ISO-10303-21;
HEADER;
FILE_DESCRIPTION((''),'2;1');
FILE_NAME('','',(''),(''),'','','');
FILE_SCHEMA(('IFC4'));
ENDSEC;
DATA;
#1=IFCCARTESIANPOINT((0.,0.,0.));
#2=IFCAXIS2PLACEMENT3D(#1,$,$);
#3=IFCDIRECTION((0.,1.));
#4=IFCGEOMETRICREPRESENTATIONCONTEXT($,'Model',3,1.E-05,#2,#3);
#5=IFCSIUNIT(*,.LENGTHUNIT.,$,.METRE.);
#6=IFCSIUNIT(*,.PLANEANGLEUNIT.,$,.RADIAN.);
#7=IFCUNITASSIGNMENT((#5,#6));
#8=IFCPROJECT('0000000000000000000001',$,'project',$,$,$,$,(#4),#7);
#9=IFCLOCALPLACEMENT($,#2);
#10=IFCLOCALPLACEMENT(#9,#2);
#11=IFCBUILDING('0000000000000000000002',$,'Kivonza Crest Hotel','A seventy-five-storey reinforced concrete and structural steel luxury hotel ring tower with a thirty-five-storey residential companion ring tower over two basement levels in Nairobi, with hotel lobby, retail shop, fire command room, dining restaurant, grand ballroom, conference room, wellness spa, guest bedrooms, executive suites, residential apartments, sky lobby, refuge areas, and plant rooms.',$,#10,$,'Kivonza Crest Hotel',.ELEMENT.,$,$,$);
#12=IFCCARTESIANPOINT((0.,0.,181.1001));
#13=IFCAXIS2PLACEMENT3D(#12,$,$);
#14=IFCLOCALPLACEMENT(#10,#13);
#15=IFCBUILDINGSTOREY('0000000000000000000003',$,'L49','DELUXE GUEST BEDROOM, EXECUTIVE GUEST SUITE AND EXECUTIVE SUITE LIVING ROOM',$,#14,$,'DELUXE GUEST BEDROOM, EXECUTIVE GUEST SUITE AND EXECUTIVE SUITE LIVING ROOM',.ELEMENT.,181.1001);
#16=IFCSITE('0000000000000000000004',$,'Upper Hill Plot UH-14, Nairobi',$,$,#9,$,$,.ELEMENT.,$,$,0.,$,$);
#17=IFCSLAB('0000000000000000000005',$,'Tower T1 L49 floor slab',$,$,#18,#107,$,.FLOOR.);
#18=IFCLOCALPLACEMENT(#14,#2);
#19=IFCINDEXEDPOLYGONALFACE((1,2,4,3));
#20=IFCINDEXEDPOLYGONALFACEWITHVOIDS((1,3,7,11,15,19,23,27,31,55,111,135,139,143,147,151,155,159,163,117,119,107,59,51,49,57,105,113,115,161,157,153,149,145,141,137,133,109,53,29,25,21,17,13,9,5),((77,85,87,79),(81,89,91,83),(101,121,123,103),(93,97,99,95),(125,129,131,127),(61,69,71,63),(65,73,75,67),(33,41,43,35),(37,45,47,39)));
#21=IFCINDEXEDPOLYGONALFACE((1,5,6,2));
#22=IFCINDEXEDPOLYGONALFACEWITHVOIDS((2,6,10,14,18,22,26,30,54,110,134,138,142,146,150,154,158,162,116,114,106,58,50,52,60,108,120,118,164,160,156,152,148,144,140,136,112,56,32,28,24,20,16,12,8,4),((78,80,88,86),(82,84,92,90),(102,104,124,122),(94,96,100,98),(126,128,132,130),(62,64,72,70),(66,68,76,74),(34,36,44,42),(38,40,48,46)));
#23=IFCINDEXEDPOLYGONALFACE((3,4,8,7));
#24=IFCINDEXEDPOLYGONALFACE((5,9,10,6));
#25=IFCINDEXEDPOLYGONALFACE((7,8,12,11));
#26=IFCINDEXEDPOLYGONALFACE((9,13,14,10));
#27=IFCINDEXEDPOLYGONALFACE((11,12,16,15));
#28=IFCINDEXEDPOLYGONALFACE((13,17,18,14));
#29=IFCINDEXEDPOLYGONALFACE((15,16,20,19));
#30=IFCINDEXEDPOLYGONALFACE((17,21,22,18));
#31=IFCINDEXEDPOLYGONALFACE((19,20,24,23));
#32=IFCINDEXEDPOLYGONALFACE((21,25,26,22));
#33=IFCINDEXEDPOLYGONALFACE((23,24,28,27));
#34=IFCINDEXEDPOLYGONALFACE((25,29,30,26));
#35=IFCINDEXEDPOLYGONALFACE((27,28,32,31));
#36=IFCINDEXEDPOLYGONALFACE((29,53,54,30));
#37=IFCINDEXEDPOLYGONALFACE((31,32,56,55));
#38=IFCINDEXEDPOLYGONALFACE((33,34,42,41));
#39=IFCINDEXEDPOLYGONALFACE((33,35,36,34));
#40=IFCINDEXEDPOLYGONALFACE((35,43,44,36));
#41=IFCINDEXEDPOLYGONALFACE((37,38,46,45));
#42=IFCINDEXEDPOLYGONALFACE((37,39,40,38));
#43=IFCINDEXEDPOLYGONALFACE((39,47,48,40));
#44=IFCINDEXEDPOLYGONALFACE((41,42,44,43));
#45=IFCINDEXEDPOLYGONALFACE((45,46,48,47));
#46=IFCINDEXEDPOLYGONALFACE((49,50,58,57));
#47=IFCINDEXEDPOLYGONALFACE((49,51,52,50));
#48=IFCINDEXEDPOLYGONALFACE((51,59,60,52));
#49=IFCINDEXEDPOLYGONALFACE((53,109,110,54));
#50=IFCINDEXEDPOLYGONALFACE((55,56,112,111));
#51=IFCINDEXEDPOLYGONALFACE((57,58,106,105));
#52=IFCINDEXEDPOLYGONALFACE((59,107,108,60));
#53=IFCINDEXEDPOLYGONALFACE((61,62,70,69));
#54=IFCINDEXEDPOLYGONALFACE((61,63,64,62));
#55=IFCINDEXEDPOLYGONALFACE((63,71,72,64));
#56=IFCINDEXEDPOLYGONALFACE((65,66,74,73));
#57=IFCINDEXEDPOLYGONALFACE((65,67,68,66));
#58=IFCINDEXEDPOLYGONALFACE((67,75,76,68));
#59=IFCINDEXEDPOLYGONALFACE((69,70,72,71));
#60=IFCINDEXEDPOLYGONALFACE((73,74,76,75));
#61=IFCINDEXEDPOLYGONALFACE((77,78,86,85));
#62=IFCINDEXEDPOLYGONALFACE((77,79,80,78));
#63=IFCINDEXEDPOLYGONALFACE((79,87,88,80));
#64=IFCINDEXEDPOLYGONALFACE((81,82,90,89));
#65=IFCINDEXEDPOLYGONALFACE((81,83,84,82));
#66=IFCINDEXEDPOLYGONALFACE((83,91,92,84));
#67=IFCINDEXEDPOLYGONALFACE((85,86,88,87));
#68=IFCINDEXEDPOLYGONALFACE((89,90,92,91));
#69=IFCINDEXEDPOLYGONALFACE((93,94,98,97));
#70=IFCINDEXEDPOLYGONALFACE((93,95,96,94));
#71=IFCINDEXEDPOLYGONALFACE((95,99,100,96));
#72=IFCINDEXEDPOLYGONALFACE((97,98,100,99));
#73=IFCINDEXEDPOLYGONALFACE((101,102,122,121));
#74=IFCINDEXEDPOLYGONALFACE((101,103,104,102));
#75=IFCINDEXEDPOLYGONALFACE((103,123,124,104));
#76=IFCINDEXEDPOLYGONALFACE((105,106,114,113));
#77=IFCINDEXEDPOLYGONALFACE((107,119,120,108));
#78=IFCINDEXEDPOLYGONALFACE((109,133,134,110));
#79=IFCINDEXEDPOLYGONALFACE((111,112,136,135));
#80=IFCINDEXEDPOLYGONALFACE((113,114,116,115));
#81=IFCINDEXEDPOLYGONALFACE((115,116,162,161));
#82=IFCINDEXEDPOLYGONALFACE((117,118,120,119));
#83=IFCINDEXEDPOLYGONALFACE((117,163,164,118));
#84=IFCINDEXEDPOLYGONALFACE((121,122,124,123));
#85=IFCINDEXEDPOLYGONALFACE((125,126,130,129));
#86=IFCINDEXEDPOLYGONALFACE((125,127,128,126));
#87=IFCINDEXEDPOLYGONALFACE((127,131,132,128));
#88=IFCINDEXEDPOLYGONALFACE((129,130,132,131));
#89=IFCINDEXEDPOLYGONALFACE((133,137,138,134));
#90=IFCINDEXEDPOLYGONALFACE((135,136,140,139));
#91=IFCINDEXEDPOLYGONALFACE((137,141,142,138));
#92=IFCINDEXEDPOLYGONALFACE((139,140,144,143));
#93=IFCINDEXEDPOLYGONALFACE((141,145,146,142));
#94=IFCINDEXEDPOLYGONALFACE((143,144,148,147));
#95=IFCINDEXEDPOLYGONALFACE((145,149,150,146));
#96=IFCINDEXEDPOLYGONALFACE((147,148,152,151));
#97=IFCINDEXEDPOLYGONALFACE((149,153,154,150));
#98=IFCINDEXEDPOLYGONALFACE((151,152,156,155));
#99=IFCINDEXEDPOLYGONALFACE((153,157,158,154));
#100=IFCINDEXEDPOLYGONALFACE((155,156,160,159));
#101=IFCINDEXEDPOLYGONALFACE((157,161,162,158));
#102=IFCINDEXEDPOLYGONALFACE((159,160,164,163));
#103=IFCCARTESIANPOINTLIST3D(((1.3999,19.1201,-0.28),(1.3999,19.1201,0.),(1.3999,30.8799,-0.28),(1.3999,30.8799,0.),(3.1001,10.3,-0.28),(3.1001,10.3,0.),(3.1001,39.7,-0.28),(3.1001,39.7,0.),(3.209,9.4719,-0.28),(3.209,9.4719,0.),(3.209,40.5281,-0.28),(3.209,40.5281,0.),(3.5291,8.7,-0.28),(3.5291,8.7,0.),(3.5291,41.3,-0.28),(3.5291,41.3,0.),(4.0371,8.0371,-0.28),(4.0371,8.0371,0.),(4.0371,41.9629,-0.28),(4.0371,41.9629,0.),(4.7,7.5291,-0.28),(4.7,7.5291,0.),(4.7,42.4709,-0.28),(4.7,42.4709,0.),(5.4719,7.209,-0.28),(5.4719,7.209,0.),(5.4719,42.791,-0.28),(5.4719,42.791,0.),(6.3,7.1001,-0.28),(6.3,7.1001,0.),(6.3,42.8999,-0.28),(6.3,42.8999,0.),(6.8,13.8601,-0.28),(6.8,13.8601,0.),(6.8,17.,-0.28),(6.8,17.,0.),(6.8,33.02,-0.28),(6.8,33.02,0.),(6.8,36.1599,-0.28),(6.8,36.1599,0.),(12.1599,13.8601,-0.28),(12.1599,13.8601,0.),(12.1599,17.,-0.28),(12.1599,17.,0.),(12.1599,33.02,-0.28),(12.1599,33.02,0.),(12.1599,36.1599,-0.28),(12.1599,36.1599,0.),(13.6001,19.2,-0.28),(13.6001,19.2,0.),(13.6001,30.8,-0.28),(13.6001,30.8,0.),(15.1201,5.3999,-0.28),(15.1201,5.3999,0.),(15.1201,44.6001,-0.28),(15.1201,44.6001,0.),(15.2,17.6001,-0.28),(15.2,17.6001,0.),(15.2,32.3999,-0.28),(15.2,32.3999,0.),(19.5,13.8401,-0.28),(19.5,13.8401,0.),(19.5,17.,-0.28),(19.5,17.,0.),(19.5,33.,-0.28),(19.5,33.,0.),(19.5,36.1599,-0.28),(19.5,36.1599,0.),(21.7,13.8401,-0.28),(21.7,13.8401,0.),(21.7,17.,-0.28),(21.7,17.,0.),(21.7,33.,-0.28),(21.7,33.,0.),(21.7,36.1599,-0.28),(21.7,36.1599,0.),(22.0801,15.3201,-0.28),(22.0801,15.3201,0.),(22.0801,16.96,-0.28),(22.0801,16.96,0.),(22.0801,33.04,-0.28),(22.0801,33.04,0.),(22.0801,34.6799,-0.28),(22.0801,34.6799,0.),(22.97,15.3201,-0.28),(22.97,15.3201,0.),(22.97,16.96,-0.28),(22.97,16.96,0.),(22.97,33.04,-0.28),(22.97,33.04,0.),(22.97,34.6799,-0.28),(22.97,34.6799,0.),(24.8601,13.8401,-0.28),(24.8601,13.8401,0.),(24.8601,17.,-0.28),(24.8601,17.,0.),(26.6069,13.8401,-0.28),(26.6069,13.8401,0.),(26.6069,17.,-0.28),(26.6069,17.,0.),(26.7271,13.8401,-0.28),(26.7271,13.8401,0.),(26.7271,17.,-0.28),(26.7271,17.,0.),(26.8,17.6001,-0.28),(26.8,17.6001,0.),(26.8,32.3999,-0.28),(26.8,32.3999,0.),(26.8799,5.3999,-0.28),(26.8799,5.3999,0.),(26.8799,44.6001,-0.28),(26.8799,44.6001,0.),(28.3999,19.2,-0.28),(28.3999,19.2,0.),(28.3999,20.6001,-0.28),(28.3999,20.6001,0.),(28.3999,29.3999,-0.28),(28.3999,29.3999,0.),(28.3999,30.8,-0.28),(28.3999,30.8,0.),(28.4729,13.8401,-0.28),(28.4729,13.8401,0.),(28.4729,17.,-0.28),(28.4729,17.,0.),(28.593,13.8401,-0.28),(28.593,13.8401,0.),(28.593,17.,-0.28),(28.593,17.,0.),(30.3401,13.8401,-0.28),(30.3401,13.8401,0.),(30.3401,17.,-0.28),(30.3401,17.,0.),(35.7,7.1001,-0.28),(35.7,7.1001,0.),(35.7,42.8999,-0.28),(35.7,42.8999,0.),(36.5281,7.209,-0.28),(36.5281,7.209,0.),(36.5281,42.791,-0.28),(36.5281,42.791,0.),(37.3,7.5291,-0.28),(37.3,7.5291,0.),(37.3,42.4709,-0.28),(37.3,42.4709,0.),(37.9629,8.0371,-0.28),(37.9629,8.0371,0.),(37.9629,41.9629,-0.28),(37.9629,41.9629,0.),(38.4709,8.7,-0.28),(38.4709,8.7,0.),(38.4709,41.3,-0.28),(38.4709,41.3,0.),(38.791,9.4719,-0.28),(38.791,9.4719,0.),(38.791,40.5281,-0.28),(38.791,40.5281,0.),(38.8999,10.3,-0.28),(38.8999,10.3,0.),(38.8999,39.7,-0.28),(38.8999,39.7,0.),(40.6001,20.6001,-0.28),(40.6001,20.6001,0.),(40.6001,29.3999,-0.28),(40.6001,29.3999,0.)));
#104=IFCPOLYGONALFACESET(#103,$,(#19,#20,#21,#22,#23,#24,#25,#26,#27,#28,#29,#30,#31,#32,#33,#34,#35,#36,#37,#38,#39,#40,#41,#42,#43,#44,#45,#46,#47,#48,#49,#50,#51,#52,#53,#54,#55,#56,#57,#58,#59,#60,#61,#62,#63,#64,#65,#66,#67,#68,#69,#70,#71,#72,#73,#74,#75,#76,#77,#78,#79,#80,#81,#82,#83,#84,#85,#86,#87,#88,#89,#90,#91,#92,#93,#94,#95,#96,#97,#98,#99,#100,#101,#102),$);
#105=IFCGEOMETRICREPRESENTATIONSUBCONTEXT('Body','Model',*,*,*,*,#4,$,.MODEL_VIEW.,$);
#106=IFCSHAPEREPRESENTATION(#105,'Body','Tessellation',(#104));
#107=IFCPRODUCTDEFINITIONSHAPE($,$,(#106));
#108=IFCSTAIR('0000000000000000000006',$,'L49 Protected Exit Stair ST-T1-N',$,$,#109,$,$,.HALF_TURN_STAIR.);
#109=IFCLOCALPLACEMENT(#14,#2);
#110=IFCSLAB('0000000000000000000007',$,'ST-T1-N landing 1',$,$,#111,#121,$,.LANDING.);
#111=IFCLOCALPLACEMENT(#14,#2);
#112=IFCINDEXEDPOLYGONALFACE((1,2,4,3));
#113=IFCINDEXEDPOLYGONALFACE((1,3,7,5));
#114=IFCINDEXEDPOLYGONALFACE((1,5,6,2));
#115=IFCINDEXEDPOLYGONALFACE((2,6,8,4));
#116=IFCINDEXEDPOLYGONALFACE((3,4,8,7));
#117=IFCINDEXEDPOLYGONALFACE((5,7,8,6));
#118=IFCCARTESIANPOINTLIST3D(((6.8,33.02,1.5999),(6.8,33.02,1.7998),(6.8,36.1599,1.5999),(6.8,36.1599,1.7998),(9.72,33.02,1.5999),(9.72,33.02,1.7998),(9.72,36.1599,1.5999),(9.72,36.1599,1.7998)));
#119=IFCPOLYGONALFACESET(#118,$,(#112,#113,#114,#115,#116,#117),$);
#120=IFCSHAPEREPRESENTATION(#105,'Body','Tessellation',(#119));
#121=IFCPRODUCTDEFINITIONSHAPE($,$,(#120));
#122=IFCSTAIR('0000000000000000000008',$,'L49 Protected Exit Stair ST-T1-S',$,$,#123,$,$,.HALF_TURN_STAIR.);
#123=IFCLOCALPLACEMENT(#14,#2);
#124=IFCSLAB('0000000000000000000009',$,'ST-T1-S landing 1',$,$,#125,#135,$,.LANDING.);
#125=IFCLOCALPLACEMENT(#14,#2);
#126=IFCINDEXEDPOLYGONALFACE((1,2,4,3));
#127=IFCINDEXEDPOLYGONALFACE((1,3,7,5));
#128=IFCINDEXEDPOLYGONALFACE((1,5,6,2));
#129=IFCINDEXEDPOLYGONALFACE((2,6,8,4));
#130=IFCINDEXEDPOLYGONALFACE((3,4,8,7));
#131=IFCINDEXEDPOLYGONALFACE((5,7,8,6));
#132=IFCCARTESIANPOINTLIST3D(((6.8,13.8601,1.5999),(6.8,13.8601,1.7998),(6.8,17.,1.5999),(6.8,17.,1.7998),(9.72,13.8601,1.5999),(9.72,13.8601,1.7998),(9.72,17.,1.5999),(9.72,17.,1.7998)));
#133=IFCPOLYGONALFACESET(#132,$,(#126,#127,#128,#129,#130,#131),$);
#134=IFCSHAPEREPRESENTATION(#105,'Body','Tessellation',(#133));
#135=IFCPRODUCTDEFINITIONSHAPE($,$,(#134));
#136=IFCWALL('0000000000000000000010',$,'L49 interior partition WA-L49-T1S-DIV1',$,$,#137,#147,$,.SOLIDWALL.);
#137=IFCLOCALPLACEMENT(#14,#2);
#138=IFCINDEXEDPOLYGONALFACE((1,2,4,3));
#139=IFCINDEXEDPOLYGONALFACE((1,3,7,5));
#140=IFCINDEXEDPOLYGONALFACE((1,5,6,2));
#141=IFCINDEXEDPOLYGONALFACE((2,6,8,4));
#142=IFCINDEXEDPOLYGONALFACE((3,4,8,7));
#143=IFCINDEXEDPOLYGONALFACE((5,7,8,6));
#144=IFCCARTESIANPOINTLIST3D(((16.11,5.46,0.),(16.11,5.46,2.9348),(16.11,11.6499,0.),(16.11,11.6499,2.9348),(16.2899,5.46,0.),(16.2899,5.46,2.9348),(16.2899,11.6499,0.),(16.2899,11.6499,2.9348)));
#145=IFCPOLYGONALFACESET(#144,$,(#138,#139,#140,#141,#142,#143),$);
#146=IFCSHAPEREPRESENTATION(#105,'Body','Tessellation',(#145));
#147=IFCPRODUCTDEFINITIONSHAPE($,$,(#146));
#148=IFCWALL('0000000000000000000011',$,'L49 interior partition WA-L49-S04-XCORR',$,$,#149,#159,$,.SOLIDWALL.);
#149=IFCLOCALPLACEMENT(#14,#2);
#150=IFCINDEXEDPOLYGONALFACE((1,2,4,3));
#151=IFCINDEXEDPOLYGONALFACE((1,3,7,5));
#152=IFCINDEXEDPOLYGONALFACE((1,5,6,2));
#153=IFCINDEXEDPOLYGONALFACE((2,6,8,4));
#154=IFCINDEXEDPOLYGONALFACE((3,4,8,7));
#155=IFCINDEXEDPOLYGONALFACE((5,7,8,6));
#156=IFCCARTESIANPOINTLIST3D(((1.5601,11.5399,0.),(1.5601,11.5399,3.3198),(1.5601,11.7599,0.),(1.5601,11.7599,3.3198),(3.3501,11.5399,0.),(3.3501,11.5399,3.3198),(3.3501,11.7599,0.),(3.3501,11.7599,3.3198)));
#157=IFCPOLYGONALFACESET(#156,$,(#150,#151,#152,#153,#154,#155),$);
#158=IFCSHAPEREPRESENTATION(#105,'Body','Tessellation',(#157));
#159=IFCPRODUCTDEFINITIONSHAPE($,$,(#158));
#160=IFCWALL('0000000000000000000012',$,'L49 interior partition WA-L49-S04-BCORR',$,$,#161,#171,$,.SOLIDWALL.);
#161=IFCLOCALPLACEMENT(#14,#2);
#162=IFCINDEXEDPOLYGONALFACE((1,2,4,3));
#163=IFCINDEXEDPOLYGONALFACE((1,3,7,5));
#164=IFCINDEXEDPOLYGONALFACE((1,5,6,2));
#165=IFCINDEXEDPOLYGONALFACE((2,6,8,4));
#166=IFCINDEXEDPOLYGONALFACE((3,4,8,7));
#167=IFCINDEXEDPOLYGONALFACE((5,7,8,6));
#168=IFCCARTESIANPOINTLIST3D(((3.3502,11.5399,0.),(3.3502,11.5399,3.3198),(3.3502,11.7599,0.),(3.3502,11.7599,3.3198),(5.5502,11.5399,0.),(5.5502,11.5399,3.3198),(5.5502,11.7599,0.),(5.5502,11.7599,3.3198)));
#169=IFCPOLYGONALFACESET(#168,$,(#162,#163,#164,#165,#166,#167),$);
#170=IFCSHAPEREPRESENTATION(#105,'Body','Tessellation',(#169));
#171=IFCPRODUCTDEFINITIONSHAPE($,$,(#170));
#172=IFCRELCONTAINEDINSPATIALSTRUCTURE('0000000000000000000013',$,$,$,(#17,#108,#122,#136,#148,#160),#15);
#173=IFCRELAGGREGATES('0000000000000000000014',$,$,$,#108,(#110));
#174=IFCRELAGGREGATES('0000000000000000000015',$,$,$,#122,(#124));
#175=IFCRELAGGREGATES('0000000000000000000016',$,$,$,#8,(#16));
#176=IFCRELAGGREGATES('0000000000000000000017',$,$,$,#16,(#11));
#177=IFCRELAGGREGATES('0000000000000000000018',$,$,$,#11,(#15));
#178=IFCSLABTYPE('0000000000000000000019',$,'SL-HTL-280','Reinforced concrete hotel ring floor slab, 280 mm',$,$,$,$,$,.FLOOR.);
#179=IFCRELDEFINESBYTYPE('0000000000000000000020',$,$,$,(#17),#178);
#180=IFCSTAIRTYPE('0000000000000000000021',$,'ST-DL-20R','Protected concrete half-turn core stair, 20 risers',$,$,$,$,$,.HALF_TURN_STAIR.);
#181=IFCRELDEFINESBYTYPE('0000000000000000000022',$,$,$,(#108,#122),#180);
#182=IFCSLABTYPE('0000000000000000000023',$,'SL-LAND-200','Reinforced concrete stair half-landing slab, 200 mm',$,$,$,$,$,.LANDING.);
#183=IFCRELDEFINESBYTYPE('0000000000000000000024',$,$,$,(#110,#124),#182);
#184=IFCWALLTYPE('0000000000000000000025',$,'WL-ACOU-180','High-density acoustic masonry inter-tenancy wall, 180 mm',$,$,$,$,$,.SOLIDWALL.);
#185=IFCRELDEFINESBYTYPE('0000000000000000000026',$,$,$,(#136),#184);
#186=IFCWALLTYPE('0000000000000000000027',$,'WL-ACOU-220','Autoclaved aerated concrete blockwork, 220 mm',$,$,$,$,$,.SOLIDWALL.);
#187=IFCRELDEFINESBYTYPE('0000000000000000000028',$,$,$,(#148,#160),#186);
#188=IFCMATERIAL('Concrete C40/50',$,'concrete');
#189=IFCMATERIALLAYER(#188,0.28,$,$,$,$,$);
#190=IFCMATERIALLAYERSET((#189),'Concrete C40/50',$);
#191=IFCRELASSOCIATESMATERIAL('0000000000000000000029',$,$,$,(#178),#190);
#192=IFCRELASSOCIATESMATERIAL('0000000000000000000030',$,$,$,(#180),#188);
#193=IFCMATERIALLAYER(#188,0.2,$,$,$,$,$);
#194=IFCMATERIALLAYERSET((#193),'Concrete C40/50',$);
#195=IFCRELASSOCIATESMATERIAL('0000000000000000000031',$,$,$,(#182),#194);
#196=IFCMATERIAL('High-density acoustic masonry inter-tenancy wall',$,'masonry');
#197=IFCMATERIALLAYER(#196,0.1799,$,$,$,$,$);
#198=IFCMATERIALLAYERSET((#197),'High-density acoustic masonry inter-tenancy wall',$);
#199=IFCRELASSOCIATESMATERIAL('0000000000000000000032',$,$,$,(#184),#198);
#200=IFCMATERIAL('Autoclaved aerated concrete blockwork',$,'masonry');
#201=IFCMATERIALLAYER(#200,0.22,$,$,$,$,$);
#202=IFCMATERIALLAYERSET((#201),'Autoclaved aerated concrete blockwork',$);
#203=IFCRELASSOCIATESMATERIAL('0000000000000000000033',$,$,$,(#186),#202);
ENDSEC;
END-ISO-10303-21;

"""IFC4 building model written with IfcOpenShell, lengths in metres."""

from ifc_helpers import new_model, si_unit, direction, frame, frame_2d, origin, place, context, subcontext, project, spatial, polyline, rectangle, outline, extrude, material, layer, layer_set, type_object, element, aggregate, save


model = new_model("IFC4")

# Units and contexts
model_context = context("Model", 3, precision=1e-05, world=origin(), true_north=direction((0.0, 1.0)))
body_context = subcontext(model_context, "Body", "Model", "MODEL_VIEW")
ifc_project = project(units=[si_unit("LENGTHUNIT", "METRE"), si_unit("PLANEANGLEUNIT", "RADIAN")], contexts=[model_context])

# Site, building, storey
site_placement = place(None, origin())
site = spatial("IfcSite", under=ifc_project, at=site_placement, Name="Upper Hill Plot UH-14, Nairobi", CompositionType="ELEMENT", RefElevation=0.0)
building_placement = place(site_placement, origin())
building = spatial("IfcBuilding", under=site, at=building_placement, Name="Kivonza Crest Hotel", Description="A seventy-five-storey reinforced concrete and structural steel luxury hotel ring tower with a thirty-five-storey residential companion ring tower over two basement levels in Nairobi, with hotel lobby, retail shop, fire command room, dining restaurant, grand ballroom, conference room, wellness spa, guest bedrooms, executive suites, residential apartments, sky lobby, refuge areas, and plant rooms.", LongName="Kivonza Crest Hotel", CompositionType="ELEMENT")
storey_placement = place(building_placement, frame((0.0, 0.0, 181.1001)))
storey = spatial("IfcBuildingStorey", under=building, at=storey_placement, Name="L49", Description="DELUXE GUEST BEDROOM, EXECUTIVE GUEST SUITE AND EXECUTIVE SUITE LIVING ROOM", LongName="DELUXE GUEST BEDROOM, EXECUTIVE GUEST SUITE AND EXECUTIVE SUITE LIVING ROOM", CompositionType="ELEMENT", Elevation=181.1001)

# Slab
ifc_material_1 = material(Name="Concrete C40/50", Category="concrete")
ifc_layer_1 = layer(ifc_material_1, 0.28)
ifc_layer_set_1 = layer_set([ifc_layer_1], Name="Concrete C40/50")
slab_type_1 = type_object("IfcSlabType", Name="SL-HTL-280", Description="Reinforced concrete hotel ring floor slab, 280 mm", PredefinedType="FLOOR", material=ifc_layer_set_1)
slab_1_placement = place(storey_placement, frame((0.0, 0.0, -0.28)))
element("IfcSlab", 1, at=slab_1_placement, inside=storey, type_object=slab_type_1, Name="Tower T1 L49 floor slab", PredefinedType="FLOOR", context=body_context, shape_type="SweptSolid", body=[
    extrude(outline(polyline([(3.1001, 10.3), (3.209, 9.4719), (3.5291, 8.7), (4.0371, 8.0371), (4.7, 7.5291), (5.4719, 7.209), (6.3, 7.1001), (15.1201, 5.3999), (26.8799, 5.3999), (35.7, 7.1001), (36.5281, 7.209), (37.3, 7.5291), (37.9629, 8.0371), (38.4709, 8.7), (38.791, 9.4719), (38.8999, 10.3), (40.6001, 20.6001), (28.3999, 20.6001), (28.3999, 19.2), (26.8, 17.6001), (15.2, 17.6001), (13.6001, 19.2), (13.6001, 30.8), (15.2, 32.3999), (26.8, 32.3999), (28.3999, 30.8), (28.3999, 29.3999), (40.6001, 29.3999), (38.8999, 39.7), (38.791, 40.5281), (38.4709, 41.3), (37.9629, 41.9629), (37.3, 42.4709), (36.5281, 42.791), (35.7, 42.8999), (26.8799, 44.6001), (15.1201, 44.6001), (6.3, 42.8999), (5.4719, 42.791), (4.7, 42.4709), (4.0371, 41.9629), (3.5291, 41.3), (3.209, 40.5281), (3.1001, 39.7), (1.3999, 30.8799), (1.3999, 19.1201), (3.1001, 10.3)]), holes=[polyline([(6.8, 33.02), (12.1599, 33.02), (12.1599, 36.1599), (6.8, 36.1599), (6.8, 33.02)]), polyline([(6.8, 13.8601), (12.1599, 13.8601), (12.1599, 17.0), (6.8, 17.0), (6.8, 13.8601)]), polyline([(22.0801, 33.04), (22.97, 33.04), (22.97, 34.6799), (22.0801, 34.6799), (22.0801, 33.04)]), polyline([(22.0801, 15.3201), (22.97, 15.3201), (22.97, 16.96), (22.0801, 16.96), (22.0801, 15.3201)]), polyline([(19.5, 33.0), (21.7, 33.0), (21.7, 36.1599), (19.5, 36.1599), (19.5, 33.0)]), polyline([(19.5, 13.8401), (21.7, 13.8401), (21.7, 17.0), (19.5, 17.0), (19.5, 13.8401)]), polyline([(24.8601, 13.8401), (26.6069, 13.8401), (26.6069, 17.0), (24.8601, 17.0), (24.8601, 13.8401)]), polyline([(26.7271, 13.8401), (28.4729, 13.8401), (28.4729, 17.0), (26.7271, 17.0), (26.7271, 13.8401)]), polyline([(28.593, 13.8401), (30.3401, 13.8401), (30.3401, 17.0), (28.593, 17.0), (28.593, 13.8401)])]), origin(), (0.0, 0.0, 1.0), 0.28),
])

# Stairs, slabs
stair_type = type_object("IfcStairType", Name="ST-DL-20R", Description="Protected concrete half-turn core stair, 20 risers", PredefinedType="HALF_TURN_STAIR", material=ifc_material_1)
stair_1_placement = place(storey_placement, origin())
stair_1 = element("IfcStair", 2, at=stair_1_placement, inside=storey, type_object=stair_type, Name="L49 Protected Exit Stair ST-T1-N", PredefinedType="HALF_TURN_STAIR")
ifc_layer_2 = layer(ifc_material_1, 0.2)
ifc_layer_set_2 = layer_set([ifc_layer_2], Name="Concrete C40/50")
slab_type_2 = type_object("IfcSlabType", Name="SL-LAND-200", Description="Reinforced concrete stair half-landing slab, 200 mm", PredefinedType="LANDING", material=ifc_layer_set_2)
slab_2_placement = place(storey_placement, frame((0.0, 0.0, 1.5999)))
slab_2 = element("IfcSlab", 3, at=slab_2_placement, type_object=slab_type_2, Name="ST-T1-N landing 1", PredefinedType="LANDING", context=body_context, shape_type="SweptSolid", body=[
    extrude(outline(polyline([(9.72, 36.1599), (6.8, 36.1599), (6.8, 33.02), (9.72, 33.02), (9.72, 36.1599)])), origin(), (0.0, 0.0, 1.0), 0.2),
])
aggregate(stair_1, [slab_2])
stair_2_placement = place(storey_placement, origin())
stair_2 = element("IfcStair", 4, at=stair_2_placement, inside=storey, type_object=stair_type, Name="L49 Protected Exit Stair ST-T1-S", PredefinedType="HALF_TURN_STAIR")
slab_3_placement = place(storey_placement, frame((0.0, 0.0, 1.5999)))
slab_3 = element("IfcSlab", 5, at=slab_3_placement, type_object=slab_type_2, Name="ST-T1-S landing 1", PredefinedType="LANDING", context=body_context, shape_type="SweptSolid", body=[
    extrude(outline(polyline([(9.72, 17.0), (6.8, 17.0), (6.8, 13.8601), (9.72, 13.8601), (9.72, 17.0)])), origin(), (0.0, 0.0, 1.0), 0.2),
])
aggregate(stair_2, [slab_3])

# Walls
ifc_material_2 = material(Name="High-density acoustic masonry inter-tenancy wall", Category="masonry")
ifc_layer_3 = layer(ifc_material_2, 0.1799)
ifc_layer_set_3 = layer_set([ifc_layer_3], Name="High-density acoustic masonry inter-tenancy wall")
wall_type_1 = type_object("IfcWallType", Name="WL-ACOU-180", Description="High-density acoustic masonry inter-tenancy wall, 180 mm", PredefinedType="SOLIDWALL", material=ifc_layer_set_3)
wall_1_placement = place(storey_placement, frame((16.2, 5.46, 0.0), z_axis=(0.0, 0.0, 1.0), x_axis=(0.0, 1.0, 0.0)))
element("IfcWall", 6, at=wall_1_placement, inside=storey, type_object=wall_type_1, Name="L49 interior partition WA-L49-T1S-DIV1", PredefinedType="SOLIDWALL", context=body_context, shape_type="SweptSolid", body=[
    extrude(rectangle(XDim=6.1899, YDim=0.1799, at=frame_2d((3.095, 0.0))), origin(), (0.0, 0.0, 1.0), 2.9348),
])
ifc_material_3 = material(Name="Autoclaved aerated concrete blockwork", Category="masonry")
ifc_layer_4 = layer(ifc_material_3, 0.22)
ifc_layer_set_4 = layer_set([ifc_layer_4], Name="Autoclaved aerated concrete blockwork")
wall_type_2 = type_object("IfcWallType", Name="WL-ACOU-220", Description="Autoclaved aerated concrete blockwork, 220 mm", PredefinedType="SOLIDWALL", material=ifc_layer_set_4)
wall_2_placement = place(storey_placement, frame((1.5601, 11.6499, 0.0), z_axis=(0.0, 0.0, 1.0), x_axis=(1.0, 0.0, 0.0)))
element("IfcWall", 7, at=wall_2_placement, inside=storey, type_object=wall_type_2, Name="L49 interior partition WA-L49-S04-XCORR", PredefinedType="SOLIDWALL", context=body_context, shape_type="SweptSolid", body=[
    extrude(rectangle(XDim=1.79, YDim=0.22, at=frame_2d((0.895, 0.0))), origin(), (0.0, 0.0, 1.0), 3.3198),
])
wall_3_placement = place(storey_placement, frame((3.3501, 11.6499, 0.0), z_axis=(0.0, 0.0, 1.0), x_axis=(1.0, 0.0, 0.0)))
element("IfcWall", 8, at=wall_3_placement, inside=storey, type_object=wall_type_2, Name="L49 interior partition WA-L49-S04-BCORR", PredefinedType="SOLIDWALL", context=body_context, shape_type="SweptSolid", body=[
    extrude(rectangle(XDim=2.2, YDim=0.22, at=frame_2d((1.1001, 0.0))), origin(), (0.0, 0.0, 1.0), 3.3198),
])

save(model, "model.ifc")
